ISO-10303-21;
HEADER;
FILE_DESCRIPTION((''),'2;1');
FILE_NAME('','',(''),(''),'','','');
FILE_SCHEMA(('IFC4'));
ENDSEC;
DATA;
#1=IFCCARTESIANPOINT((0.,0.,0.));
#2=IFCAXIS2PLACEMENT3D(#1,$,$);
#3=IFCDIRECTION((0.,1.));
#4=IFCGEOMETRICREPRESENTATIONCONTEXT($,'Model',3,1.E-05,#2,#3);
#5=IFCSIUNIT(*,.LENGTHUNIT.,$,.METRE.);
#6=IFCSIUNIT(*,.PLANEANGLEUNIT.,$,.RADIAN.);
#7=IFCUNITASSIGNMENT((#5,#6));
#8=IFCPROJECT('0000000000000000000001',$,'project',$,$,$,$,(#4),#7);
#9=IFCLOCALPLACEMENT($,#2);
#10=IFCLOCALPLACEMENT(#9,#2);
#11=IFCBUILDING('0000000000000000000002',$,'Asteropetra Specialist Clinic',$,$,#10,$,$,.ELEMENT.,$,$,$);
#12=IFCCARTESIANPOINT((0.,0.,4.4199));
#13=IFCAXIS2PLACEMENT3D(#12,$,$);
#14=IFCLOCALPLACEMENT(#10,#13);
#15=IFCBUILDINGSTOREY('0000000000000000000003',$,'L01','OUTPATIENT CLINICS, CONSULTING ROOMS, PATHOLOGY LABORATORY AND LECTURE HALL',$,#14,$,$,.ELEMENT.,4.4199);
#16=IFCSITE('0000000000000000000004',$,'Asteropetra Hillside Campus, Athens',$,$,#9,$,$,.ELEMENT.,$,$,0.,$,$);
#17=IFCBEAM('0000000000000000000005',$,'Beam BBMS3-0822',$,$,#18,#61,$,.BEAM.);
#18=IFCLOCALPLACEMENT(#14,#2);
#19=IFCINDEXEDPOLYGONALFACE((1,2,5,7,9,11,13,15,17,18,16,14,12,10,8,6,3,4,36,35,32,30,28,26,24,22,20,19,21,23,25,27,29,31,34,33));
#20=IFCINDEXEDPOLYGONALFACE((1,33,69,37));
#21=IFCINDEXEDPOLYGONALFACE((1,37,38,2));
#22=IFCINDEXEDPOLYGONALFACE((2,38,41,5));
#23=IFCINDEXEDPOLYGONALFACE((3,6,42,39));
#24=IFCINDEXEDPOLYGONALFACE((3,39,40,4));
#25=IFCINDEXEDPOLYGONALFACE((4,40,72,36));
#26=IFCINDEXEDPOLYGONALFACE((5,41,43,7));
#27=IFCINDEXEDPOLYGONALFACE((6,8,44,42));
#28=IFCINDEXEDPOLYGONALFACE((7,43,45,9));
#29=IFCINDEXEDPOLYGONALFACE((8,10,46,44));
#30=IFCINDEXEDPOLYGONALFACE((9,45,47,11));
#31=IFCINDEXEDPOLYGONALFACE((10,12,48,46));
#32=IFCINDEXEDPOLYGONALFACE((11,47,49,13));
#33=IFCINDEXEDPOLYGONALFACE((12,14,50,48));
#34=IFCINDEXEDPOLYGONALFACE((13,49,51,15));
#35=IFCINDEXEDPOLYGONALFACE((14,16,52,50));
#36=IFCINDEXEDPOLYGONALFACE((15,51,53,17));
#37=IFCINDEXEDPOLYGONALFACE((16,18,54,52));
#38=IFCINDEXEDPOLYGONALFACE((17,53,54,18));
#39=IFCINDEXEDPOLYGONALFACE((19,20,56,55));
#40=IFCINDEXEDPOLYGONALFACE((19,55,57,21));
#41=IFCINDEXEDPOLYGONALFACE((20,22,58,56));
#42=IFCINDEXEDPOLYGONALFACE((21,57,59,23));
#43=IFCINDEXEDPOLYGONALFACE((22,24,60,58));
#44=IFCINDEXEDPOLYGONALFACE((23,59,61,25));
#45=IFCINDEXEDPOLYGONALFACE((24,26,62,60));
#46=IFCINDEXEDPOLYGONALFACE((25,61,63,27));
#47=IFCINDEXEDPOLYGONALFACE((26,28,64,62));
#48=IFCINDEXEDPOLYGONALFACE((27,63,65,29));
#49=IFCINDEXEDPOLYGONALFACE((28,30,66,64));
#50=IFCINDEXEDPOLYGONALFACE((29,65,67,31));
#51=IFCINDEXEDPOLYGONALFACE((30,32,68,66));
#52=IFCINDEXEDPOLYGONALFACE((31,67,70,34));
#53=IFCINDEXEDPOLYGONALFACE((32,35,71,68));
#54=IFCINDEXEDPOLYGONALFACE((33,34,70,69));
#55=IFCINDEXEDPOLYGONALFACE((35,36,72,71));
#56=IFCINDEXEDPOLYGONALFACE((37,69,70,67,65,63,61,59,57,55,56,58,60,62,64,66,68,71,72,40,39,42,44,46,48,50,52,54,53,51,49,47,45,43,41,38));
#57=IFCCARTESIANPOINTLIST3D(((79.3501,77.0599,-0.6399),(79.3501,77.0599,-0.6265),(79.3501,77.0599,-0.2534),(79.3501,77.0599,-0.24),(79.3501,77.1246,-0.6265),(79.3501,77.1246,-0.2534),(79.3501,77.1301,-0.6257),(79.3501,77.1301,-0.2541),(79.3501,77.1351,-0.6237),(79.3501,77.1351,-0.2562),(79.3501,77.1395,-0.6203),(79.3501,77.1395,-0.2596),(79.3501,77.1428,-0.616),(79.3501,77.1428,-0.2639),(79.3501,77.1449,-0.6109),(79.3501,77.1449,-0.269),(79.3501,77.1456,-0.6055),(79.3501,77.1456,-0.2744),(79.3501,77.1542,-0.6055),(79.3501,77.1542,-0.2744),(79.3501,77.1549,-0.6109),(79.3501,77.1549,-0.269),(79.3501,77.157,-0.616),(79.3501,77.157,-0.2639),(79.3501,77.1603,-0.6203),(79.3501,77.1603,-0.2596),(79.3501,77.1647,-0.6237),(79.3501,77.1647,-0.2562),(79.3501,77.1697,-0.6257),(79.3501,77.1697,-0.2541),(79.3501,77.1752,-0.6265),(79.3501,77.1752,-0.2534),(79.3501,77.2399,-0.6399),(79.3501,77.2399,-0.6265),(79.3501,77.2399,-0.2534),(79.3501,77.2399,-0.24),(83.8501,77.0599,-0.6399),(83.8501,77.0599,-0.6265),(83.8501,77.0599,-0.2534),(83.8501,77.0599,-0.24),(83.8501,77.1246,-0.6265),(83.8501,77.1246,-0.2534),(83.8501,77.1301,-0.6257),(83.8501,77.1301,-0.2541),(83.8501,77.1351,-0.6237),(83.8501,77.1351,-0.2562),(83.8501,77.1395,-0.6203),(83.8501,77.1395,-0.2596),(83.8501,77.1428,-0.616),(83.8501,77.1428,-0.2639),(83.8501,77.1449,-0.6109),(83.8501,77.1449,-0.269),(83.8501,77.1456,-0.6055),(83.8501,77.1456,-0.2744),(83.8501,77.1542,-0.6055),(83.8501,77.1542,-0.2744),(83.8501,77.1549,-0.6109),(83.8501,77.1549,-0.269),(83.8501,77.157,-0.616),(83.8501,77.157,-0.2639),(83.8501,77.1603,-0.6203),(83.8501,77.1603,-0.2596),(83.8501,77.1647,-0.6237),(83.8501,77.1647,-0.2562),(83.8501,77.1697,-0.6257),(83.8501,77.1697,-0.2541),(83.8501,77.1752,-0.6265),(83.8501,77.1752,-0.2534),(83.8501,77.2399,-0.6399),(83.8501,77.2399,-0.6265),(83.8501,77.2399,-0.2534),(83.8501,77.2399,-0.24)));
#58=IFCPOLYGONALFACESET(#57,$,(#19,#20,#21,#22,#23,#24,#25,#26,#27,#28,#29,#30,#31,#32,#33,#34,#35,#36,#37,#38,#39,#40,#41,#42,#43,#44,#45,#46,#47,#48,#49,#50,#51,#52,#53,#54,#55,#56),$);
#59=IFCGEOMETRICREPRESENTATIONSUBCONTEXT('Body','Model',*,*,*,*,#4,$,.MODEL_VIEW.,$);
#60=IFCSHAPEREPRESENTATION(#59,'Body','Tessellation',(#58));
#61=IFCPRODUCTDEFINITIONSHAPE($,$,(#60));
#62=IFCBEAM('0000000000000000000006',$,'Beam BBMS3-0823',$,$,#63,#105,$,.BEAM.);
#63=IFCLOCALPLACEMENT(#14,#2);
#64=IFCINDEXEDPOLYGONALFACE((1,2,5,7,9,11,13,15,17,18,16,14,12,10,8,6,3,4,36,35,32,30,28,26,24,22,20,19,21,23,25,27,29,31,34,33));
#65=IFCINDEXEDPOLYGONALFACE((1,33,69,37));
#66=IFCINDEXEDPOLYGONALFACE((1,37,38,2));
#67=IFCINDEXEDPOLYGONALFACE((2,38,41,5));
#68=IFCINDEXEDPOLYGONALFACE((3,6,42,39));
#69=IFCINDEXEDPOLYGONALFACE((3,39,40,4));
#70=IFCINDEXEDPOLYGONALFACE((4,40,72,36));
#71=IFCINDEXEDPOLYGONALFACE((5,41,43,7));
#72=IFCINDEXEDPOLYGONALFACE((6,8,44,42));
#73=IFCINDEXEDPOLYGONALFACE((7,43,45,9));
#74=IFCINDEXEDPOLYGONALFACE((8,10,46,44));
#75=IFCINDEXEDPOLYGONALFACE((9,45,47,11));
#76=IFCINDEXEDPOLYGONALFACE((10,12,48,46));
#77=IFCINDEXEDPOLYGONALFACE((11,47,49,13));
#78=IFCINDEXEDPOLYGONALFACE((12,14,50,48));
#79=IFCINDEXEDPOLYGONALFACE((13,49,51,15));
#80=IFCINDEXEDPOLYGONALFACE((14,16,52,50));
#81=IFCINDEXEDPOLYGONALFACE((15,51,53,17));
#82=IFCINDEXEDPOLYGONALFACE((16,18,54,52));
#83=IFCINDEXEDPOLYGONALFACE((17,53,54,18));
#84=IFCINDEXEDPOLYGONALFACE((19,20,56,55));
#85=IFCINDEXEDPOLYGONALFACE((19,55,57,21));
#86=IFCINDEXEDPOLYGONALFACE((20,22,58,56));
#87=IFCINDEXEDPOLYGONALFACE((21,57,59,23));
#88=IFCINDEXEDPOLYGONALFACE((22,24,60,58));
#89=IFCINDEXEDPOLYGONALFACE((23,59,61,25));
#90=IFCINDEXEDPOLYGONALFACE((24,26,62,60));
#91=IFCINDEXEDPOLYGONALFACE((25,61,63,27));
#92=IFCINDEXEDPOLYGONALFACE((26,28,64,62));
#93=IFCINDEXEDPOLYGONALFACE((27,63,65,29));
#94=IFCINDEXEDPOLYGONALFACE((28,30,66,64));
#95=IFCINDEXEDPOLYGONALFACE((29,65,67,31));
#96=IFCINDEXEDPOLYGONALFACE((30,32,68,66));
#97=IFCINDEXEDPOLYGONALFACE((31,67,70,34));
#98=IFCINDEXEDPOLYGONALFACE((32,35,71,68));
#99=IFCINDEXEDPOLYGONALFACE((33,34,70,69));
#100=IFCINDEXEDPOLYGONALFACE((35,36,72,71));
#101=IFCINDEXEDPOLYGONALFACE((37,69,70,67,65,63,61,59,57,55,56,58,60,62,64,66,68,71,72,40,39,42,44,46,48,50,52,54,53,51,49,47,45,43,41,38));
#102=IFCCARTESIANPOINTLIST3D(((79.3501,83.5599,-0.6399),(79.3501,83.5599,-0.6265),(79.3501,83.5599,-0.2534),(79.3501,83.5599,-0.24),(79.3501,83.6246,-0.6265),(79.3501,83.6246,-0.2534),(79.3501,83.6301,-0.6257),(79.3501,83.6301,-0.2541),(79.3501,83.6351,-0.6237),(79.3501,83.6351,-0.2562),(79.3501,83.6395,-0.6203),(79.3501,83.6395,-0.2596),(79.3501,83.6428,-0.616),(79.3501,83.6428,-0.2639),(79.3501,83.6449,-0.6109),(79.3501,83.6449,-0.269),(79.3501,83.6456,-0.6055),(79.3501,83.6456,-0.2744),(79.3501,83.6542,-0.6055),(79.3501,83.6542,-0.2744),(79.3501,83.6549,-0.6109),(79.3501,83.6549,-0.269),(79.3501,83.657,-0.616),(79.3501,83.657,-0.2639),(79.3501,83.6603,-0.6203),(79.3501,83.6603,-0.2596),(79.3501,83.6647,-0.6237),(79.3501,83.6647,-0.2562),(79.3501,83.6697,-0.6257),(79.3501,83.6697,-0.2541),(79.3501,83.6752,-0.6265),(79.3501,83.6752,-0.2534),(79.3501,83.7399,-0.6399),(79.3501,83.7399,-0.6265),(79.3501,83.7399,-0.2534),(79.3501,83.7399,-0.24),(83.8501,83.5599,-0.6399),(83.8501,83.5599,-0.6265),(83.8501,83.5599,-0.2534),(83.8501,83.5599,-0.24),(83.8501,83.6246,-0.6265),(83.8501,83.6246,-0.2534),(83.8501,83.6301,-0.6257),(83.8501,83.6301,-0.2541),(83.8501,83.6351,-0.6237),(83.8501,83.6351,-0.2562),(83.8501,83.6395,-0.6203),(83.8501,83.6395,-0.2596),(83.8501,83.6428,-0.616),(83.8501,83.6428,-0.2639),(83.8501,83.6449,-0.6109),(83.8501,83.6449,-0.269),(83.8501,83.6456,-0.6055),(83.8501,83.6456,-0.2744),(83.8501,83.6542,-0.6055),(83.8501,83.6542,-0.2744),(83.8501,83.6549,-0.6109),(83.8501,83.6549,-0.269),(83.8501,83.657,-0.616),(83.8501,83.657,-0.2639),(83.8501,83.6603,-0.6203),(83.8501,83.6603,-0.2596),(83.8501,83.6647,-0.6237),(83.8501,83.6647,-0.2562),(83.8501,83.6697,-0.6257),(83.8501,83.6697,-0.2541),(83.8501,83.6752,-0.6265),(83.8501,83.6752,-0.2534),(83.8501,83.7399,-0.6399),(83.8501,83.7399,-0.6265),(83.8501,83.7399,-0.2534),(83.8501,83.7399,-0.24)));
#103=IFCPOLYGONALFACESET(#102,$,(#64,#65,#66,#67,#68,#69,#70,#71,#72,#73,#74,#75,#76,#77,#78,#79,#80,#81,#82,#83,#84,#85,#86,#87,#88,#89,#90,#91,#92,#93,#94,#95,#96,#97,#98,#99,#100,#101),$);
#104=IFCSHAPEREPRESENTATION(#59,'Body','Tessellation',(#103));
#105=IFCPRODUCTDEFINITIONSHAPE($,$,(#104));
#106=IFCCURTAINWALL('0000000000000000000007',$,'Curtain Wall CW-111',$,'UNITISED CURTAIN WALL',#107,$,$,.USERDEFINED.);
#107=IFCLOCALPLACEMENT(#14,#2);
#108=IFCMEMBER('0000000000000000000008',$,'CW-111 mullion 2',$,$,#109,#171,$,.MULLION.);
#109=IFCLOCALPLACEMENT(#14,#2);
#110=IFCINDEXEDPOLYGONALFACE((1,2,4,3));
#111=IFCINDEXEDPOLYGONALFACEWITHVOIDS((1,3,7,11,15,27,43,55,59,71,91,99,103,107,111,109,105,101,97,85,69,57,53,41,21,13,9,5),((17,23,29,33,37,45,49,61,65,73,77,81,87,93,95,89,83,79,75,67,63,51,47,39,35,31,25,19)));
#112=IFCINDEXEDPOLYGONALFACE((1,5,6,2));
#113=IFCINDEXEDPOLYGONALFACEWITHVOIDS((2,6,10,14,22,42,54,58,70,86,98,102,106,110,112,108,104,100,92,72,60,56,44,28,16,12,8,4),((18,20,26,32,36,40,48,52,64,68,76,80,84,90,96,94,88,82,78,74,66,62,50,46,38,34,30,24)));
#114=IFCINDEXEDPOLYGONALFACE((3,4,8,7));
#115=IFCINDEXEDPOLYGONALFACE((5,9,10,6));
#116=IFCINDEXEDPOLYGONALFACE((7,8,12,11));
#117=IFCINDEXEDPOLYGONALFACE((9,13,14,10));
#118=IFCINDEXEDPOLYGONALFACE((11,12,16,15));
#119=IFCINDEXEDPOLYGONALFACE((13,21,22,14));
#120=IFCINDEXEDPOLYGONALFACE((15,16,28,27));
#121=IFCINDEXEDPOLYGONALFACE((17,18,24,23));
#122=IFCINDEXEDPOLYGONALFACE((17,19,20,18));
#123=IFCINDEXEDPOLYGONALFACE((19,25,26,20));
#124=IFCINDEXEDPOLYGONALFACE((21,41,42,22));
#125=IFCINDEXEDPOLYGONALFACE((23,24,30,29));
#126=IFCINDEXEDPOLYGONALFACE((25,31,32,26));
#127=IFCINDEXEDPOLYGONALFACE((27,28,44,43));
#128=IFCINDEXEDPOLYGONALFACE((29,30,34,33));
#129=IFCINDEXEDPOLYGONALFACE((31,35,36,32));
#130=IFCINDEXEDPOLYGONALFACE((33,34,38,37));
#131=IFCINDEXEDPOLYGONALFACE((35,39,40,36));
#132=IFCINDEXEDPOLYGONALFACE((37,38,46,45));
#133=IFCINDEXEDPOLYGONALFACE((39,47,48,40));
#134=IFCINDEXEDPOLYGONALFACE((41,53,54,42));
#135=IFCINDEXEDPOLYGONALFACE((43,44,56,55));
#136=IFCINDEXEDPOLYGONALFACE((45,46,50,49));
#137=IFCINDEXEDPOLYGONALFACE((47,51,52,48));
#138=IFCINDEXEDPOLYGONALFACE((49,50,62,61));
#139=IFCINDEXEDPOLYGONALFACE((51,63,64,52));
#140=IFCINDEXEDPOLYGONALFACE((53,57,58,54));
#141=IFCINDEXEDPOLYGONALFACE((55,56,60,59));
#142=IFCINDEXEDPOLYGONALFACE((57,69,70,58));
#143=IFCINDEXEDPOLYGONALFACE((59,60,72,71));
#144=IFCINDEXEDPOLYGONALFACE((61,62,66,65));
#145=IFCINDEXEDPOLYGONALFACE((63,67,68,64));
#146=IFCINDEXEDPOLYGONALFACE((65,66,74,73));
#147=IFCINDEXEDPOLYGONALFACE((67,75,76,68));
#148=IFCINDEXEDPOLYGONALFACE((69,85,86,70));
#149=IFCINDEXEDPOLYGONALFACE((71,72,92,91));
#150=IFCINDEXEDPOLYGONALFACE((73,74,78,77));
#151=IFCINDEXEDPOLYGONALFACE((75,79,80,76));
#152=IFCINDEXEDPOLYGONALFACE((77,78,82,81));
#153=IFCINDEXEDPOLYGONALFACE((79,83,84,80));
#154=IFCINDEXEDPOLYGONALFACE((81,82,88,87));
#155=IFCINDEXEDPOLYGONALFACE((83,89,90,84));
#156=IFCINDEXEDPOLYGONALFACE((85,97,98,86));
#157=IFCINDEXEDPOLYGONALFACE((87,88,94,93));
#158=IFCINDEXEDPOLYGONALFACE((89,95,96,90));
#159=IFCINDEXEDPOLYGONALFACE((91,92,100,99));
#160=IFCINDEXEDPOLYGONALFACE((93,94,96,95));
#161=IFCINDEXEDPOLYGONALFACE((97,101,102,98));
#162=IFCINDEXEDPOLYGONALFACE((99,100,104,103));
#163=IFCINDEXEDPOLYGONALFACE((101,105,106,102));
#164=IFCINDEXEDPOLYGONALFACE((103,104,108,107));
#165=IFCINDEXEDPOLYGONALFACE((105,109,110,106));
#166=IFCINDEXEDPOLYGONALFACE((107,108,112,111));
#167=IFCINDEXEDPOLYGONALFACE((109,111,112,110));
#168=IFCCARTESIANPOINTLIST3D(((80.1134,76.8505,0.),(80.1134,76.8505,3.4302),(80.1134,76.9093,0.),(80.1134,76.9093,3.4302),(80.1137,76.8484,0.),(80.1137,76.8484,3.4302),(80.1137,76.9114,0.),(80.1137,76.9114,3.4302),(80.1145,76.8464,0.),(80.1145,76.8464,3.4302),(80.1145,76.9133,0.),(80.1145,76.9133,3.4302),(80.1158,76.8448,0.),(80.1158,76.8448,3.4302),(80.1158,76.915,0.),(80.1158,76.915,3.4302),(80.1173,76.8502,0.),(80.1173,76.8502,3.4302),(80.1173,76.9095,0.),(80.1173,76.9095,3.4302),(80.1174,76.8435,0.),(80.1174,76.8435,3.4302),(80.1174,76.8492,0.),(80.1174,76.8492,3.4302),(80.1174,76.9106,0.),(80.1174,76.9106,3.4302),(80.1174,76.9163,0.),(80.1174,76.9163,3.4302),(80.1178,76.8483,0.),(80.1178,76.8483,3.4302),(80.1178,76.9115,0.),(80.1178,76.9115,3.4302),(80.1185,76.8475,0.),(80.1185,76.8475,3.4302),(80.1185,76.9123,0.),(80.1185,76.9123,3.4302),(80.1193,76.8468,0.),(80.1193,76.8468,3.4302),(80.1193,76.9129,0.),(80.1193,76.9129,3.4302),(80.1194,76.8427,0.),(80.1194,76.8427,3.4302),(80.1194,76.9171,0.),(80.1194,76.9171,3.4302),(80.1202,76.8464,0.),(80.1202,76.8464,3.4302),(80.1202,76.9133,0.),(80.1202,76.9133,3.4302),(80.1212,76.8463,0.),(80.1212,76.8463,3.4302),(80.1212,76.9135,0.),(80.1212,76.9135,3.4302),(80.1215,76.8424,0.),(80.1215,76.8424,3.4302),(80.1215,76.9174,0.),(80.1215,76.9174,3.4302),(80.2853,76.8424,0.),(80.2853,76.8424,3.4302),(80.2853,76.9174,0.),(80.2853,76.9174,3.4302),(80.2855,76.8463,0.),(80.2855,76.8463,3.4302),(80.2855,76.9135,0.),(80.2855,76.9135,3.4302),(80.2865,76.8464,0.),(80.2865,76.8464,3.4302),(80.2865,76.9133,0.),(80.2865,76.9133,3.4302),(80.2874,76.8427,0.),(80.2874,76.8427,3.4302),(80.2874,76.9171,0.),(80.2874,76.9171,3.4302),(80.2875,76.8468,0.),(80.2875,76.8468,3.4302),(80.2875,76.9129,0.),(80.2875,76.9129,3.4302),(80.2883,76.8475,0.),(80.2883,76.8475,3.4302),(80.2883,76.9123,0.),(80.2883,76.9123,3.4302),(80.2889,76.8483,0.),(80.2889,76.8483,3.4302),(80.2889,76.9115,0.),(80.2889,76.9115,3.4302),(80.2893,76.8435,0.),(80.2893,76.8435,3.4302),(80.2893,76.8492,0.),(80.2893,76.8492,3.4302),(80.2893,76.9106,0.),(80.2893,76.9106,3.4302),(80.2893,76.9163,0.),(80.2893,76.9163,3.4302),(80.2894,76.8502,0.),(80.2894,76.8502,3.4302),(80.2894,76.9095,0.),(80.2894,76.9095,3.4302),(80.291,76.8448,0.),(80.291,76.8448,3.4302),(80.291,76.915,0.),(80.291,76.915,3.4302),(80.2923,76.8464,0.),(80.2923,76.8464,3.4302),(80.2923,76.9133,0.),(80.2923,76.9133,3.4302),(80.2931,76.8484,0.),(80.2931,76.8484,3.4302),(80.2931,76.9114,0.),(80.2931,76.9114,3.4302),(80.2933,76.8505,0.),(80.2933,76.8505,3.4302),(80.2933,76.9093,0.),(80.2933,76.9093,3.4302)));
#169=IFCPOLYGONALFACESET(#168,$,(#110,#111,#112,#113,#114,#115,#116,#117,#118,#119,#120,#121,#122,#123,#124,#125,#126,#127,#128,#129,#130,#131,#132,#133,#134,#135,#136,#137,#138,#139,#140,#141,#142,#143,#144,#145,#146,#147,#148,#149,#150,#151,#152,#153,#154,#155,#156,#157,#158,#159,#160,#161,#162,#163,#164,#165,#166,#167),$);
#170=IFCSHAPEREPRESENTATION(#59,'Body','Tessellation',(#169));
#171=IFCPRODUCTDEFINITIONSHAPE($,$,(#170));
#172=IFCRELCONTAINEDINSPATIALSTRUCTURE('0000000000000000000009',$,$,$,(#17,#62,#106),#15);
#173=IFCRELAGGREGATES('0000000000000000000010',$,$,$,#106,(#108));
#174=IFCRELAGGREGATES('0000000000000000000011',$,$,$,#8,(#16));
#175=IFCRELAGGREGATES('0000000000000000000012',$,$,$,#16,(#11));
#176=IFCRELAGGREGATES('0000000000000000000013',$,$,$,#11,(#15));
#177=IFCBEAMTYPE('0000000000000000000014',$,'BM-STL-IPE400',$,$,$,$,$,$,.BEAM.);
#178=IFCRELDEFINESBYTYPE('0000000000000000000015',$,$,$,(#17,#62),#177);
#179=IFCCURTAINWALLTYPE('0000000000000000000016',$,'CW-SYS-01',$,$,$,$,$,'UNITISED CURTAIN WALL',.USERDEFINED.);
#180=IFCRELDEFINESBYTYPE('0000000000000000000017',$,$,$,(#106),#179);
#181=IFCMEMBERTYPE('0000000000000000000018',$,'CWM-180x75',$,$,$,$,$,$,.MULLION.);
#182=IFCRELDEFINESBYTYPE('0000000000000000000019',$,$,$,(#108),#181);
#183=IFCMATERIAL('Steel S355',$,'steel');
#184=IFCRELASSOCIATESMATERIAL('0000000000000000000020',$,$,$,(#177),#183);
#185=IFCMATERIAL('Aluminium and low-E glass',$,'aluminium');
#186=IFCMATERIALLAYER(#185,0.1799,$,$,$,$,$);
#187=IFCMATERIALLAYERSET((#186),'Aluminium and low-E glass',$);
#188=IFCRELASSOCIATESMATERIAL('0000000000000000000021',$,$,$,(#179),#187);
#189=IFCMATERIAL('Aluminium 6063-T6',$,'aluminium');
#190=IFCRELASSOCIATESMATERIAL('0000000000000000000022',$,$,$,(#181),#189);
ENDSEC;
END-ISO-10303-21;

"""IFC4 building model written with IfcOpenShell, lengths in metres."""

from ifc_helpers import new_model, si_unit, direction, frame, origin, origin_2d, place, context, subcontext, project, spatial, hollow_rectangle, i_section, extrude, material, layer, layer_set, material_profile, profile_set, type_object, element, aggregate, save


model = new_model("IFC4")

# Units and contexts
model_context = context("Model", 3, precision=1e-05, world=origin(), true_north=direction((0.0, 1.0)))
body_context = subcontext(model_context, "Body", "Model", "MODEL_VIEW")
ifc_project = project(units=[si_unit("LENGTHUNIT", "METRE"), si_unit("PLANEANGLEUNIT", "RADIAN")], contexts=[model_context])

# Site, building, storey
site_placement = place(None, origin())
site = spatial("IfcSite", under=ifc_project, at=site_placement, Name="Asteropetra Hillside Campus, Athens", CompositionType="ELEMENT", RefElevation=0.0)
building_placement = place(site_placement, origin())
building = spatial("IfcBuilding", under=site, at=building_placement, Name="Asteropetra Specialist Clinic", CompositionType="ELEMENT")
storey_placement = place(building_placement, frame((0.0, 0.0, 4.4199)))
storey = spatial("IfcBuildingStorey", under=building, at=storey_placement, Name="L01", Description="OUTPATIENT CLINICS, CONSULTING ROOMS, PATHOLOGY LABORATORY AND LECTURE HALL", CompositionType="ELEMENT", Elevation=4.4199)

# Beams
ifc_material_1 = material(Name="Steel S355", Category="steel")
ifc_material_profile_1 = material_profile(ifc_material_1, i_section(OverallWidth=0.1799, OverallDepth=0.3999, WebThickness=0.0085, FlangeThickness=0.0134, FilletRadius=0.021, at=origin_2d()), Name="IPE 400")
ifc_profile_set_1 = profile_set([ifc_material_profile_1], Name="Steel S355")
beam_type_1 = type_object("IfcBeamType", Name="BM-STL-IPE400", PredefinedType="BEAM", material=ifc_profile_set_1)
for number, where, z_axis, x_axis, name in (
    (1, (79.3501, 77.1499, -0.4399), (1.0, 0.0, 0.0), (0.0, 1.0, 0.0), "Beam BBMS3-0822"),
    (2, (79.3501, 83.6499, -0.4399), (1.0, 0.0, 0.0), (0.0, 1.0, 0.0), "Beam BBMS3-0823"),
):
    element("IfcBeam", number, at=place(storey_placement, frame(where, z_axis=z_axis, x_axis=x_axis)), inside=storey, type_object=beam_type_1, Name=name, PredefinedType="BEAM", context=body_context, shape_type="SweptSolid", body=[
        extrude(i_section(OverallWidth=0.1799, OverallDepth=0.3999, WebThickness=0.0085, FlangeThickness=0.0134, FilletRadius=0.021, at=origin_2d()), origin(), (0.0, 0.0, 1.0), 4.5),
    ])

# Curtain wall, member
ifc_material_2 = material(Name="Aluminium and low-E glass", Category="aluminium")
ifc_layer_1 = layer(ifc_material_2, 0.1799)
ifc_layer_set_1 = layer_set([ifc_layer_1], Name="Aluminium and low-E glass")
curtain_wall_type = type_object("IfcCurtainWallType", Name="CW-SYS-01", ElementType="UNITISED CURTAIN WALL", PredefinedType="USERDEFINED", material=ifc_layer_set_1)
curtain_wall_placement = place(storey_placement, origin())
curtain_wall = element("IfcCurtainWall", 3, at=curtain_wall_placement, inside=storey, type_object=curtain_wall_type, Name="Curtain Wall CW-111", ObjectType="UNITISED CURTAIN WALL", PredefinedType="USERDEFINED")
ifc_material_3 = material(Name="Aluminium 6063-T6", Category="aluminium")
ifc_material_profile_2 = material_profile(ifc_material_3, hollow_rectangle(XDim=0.075, YDim=0.1799, WallThickness=0.0039, InnerFilletRadius=0.0039, OuterFilletRadius=0.0081, at=origin_2d()), Name="MUL 180x75x4.0")
ifc_profile_set_2 = profile_set([ifc_material_profile_2], Name="Aluminium 6063-T6")
member_type_1 = type_object("IfcMemberType", Name="CWM-180x75", PredefinedType="MULLION", material=ifc_profile_set_2)
member_1_placement = place(storey_placement, frame((80.2034, 76.8799, 0.0), z_axis=(0.0, 0.0, 1.0), x_axis=(0.0, 1.0, 0.0)))
member_1 = element("IfcMember", 4, at=member_1_placement, type_object=member_type_1, Name="CW-111 mullion 2", PredefinedType="MULLION", context=body_context, shape_type="SweptSolid", body=[
    extrude(hollow_rectangle(XDim=0.075, YDim=0.1799, WallThickness=0.0039, InnerFilletRadius=0.0039, OuterFilletRadius=0.0081, at=origin_2d()), origin(), (0.0, 0.0, 1.0), 3.4302),
])

aggregate(curtain_wall, [member_1])

save(model, "model.ifc")
